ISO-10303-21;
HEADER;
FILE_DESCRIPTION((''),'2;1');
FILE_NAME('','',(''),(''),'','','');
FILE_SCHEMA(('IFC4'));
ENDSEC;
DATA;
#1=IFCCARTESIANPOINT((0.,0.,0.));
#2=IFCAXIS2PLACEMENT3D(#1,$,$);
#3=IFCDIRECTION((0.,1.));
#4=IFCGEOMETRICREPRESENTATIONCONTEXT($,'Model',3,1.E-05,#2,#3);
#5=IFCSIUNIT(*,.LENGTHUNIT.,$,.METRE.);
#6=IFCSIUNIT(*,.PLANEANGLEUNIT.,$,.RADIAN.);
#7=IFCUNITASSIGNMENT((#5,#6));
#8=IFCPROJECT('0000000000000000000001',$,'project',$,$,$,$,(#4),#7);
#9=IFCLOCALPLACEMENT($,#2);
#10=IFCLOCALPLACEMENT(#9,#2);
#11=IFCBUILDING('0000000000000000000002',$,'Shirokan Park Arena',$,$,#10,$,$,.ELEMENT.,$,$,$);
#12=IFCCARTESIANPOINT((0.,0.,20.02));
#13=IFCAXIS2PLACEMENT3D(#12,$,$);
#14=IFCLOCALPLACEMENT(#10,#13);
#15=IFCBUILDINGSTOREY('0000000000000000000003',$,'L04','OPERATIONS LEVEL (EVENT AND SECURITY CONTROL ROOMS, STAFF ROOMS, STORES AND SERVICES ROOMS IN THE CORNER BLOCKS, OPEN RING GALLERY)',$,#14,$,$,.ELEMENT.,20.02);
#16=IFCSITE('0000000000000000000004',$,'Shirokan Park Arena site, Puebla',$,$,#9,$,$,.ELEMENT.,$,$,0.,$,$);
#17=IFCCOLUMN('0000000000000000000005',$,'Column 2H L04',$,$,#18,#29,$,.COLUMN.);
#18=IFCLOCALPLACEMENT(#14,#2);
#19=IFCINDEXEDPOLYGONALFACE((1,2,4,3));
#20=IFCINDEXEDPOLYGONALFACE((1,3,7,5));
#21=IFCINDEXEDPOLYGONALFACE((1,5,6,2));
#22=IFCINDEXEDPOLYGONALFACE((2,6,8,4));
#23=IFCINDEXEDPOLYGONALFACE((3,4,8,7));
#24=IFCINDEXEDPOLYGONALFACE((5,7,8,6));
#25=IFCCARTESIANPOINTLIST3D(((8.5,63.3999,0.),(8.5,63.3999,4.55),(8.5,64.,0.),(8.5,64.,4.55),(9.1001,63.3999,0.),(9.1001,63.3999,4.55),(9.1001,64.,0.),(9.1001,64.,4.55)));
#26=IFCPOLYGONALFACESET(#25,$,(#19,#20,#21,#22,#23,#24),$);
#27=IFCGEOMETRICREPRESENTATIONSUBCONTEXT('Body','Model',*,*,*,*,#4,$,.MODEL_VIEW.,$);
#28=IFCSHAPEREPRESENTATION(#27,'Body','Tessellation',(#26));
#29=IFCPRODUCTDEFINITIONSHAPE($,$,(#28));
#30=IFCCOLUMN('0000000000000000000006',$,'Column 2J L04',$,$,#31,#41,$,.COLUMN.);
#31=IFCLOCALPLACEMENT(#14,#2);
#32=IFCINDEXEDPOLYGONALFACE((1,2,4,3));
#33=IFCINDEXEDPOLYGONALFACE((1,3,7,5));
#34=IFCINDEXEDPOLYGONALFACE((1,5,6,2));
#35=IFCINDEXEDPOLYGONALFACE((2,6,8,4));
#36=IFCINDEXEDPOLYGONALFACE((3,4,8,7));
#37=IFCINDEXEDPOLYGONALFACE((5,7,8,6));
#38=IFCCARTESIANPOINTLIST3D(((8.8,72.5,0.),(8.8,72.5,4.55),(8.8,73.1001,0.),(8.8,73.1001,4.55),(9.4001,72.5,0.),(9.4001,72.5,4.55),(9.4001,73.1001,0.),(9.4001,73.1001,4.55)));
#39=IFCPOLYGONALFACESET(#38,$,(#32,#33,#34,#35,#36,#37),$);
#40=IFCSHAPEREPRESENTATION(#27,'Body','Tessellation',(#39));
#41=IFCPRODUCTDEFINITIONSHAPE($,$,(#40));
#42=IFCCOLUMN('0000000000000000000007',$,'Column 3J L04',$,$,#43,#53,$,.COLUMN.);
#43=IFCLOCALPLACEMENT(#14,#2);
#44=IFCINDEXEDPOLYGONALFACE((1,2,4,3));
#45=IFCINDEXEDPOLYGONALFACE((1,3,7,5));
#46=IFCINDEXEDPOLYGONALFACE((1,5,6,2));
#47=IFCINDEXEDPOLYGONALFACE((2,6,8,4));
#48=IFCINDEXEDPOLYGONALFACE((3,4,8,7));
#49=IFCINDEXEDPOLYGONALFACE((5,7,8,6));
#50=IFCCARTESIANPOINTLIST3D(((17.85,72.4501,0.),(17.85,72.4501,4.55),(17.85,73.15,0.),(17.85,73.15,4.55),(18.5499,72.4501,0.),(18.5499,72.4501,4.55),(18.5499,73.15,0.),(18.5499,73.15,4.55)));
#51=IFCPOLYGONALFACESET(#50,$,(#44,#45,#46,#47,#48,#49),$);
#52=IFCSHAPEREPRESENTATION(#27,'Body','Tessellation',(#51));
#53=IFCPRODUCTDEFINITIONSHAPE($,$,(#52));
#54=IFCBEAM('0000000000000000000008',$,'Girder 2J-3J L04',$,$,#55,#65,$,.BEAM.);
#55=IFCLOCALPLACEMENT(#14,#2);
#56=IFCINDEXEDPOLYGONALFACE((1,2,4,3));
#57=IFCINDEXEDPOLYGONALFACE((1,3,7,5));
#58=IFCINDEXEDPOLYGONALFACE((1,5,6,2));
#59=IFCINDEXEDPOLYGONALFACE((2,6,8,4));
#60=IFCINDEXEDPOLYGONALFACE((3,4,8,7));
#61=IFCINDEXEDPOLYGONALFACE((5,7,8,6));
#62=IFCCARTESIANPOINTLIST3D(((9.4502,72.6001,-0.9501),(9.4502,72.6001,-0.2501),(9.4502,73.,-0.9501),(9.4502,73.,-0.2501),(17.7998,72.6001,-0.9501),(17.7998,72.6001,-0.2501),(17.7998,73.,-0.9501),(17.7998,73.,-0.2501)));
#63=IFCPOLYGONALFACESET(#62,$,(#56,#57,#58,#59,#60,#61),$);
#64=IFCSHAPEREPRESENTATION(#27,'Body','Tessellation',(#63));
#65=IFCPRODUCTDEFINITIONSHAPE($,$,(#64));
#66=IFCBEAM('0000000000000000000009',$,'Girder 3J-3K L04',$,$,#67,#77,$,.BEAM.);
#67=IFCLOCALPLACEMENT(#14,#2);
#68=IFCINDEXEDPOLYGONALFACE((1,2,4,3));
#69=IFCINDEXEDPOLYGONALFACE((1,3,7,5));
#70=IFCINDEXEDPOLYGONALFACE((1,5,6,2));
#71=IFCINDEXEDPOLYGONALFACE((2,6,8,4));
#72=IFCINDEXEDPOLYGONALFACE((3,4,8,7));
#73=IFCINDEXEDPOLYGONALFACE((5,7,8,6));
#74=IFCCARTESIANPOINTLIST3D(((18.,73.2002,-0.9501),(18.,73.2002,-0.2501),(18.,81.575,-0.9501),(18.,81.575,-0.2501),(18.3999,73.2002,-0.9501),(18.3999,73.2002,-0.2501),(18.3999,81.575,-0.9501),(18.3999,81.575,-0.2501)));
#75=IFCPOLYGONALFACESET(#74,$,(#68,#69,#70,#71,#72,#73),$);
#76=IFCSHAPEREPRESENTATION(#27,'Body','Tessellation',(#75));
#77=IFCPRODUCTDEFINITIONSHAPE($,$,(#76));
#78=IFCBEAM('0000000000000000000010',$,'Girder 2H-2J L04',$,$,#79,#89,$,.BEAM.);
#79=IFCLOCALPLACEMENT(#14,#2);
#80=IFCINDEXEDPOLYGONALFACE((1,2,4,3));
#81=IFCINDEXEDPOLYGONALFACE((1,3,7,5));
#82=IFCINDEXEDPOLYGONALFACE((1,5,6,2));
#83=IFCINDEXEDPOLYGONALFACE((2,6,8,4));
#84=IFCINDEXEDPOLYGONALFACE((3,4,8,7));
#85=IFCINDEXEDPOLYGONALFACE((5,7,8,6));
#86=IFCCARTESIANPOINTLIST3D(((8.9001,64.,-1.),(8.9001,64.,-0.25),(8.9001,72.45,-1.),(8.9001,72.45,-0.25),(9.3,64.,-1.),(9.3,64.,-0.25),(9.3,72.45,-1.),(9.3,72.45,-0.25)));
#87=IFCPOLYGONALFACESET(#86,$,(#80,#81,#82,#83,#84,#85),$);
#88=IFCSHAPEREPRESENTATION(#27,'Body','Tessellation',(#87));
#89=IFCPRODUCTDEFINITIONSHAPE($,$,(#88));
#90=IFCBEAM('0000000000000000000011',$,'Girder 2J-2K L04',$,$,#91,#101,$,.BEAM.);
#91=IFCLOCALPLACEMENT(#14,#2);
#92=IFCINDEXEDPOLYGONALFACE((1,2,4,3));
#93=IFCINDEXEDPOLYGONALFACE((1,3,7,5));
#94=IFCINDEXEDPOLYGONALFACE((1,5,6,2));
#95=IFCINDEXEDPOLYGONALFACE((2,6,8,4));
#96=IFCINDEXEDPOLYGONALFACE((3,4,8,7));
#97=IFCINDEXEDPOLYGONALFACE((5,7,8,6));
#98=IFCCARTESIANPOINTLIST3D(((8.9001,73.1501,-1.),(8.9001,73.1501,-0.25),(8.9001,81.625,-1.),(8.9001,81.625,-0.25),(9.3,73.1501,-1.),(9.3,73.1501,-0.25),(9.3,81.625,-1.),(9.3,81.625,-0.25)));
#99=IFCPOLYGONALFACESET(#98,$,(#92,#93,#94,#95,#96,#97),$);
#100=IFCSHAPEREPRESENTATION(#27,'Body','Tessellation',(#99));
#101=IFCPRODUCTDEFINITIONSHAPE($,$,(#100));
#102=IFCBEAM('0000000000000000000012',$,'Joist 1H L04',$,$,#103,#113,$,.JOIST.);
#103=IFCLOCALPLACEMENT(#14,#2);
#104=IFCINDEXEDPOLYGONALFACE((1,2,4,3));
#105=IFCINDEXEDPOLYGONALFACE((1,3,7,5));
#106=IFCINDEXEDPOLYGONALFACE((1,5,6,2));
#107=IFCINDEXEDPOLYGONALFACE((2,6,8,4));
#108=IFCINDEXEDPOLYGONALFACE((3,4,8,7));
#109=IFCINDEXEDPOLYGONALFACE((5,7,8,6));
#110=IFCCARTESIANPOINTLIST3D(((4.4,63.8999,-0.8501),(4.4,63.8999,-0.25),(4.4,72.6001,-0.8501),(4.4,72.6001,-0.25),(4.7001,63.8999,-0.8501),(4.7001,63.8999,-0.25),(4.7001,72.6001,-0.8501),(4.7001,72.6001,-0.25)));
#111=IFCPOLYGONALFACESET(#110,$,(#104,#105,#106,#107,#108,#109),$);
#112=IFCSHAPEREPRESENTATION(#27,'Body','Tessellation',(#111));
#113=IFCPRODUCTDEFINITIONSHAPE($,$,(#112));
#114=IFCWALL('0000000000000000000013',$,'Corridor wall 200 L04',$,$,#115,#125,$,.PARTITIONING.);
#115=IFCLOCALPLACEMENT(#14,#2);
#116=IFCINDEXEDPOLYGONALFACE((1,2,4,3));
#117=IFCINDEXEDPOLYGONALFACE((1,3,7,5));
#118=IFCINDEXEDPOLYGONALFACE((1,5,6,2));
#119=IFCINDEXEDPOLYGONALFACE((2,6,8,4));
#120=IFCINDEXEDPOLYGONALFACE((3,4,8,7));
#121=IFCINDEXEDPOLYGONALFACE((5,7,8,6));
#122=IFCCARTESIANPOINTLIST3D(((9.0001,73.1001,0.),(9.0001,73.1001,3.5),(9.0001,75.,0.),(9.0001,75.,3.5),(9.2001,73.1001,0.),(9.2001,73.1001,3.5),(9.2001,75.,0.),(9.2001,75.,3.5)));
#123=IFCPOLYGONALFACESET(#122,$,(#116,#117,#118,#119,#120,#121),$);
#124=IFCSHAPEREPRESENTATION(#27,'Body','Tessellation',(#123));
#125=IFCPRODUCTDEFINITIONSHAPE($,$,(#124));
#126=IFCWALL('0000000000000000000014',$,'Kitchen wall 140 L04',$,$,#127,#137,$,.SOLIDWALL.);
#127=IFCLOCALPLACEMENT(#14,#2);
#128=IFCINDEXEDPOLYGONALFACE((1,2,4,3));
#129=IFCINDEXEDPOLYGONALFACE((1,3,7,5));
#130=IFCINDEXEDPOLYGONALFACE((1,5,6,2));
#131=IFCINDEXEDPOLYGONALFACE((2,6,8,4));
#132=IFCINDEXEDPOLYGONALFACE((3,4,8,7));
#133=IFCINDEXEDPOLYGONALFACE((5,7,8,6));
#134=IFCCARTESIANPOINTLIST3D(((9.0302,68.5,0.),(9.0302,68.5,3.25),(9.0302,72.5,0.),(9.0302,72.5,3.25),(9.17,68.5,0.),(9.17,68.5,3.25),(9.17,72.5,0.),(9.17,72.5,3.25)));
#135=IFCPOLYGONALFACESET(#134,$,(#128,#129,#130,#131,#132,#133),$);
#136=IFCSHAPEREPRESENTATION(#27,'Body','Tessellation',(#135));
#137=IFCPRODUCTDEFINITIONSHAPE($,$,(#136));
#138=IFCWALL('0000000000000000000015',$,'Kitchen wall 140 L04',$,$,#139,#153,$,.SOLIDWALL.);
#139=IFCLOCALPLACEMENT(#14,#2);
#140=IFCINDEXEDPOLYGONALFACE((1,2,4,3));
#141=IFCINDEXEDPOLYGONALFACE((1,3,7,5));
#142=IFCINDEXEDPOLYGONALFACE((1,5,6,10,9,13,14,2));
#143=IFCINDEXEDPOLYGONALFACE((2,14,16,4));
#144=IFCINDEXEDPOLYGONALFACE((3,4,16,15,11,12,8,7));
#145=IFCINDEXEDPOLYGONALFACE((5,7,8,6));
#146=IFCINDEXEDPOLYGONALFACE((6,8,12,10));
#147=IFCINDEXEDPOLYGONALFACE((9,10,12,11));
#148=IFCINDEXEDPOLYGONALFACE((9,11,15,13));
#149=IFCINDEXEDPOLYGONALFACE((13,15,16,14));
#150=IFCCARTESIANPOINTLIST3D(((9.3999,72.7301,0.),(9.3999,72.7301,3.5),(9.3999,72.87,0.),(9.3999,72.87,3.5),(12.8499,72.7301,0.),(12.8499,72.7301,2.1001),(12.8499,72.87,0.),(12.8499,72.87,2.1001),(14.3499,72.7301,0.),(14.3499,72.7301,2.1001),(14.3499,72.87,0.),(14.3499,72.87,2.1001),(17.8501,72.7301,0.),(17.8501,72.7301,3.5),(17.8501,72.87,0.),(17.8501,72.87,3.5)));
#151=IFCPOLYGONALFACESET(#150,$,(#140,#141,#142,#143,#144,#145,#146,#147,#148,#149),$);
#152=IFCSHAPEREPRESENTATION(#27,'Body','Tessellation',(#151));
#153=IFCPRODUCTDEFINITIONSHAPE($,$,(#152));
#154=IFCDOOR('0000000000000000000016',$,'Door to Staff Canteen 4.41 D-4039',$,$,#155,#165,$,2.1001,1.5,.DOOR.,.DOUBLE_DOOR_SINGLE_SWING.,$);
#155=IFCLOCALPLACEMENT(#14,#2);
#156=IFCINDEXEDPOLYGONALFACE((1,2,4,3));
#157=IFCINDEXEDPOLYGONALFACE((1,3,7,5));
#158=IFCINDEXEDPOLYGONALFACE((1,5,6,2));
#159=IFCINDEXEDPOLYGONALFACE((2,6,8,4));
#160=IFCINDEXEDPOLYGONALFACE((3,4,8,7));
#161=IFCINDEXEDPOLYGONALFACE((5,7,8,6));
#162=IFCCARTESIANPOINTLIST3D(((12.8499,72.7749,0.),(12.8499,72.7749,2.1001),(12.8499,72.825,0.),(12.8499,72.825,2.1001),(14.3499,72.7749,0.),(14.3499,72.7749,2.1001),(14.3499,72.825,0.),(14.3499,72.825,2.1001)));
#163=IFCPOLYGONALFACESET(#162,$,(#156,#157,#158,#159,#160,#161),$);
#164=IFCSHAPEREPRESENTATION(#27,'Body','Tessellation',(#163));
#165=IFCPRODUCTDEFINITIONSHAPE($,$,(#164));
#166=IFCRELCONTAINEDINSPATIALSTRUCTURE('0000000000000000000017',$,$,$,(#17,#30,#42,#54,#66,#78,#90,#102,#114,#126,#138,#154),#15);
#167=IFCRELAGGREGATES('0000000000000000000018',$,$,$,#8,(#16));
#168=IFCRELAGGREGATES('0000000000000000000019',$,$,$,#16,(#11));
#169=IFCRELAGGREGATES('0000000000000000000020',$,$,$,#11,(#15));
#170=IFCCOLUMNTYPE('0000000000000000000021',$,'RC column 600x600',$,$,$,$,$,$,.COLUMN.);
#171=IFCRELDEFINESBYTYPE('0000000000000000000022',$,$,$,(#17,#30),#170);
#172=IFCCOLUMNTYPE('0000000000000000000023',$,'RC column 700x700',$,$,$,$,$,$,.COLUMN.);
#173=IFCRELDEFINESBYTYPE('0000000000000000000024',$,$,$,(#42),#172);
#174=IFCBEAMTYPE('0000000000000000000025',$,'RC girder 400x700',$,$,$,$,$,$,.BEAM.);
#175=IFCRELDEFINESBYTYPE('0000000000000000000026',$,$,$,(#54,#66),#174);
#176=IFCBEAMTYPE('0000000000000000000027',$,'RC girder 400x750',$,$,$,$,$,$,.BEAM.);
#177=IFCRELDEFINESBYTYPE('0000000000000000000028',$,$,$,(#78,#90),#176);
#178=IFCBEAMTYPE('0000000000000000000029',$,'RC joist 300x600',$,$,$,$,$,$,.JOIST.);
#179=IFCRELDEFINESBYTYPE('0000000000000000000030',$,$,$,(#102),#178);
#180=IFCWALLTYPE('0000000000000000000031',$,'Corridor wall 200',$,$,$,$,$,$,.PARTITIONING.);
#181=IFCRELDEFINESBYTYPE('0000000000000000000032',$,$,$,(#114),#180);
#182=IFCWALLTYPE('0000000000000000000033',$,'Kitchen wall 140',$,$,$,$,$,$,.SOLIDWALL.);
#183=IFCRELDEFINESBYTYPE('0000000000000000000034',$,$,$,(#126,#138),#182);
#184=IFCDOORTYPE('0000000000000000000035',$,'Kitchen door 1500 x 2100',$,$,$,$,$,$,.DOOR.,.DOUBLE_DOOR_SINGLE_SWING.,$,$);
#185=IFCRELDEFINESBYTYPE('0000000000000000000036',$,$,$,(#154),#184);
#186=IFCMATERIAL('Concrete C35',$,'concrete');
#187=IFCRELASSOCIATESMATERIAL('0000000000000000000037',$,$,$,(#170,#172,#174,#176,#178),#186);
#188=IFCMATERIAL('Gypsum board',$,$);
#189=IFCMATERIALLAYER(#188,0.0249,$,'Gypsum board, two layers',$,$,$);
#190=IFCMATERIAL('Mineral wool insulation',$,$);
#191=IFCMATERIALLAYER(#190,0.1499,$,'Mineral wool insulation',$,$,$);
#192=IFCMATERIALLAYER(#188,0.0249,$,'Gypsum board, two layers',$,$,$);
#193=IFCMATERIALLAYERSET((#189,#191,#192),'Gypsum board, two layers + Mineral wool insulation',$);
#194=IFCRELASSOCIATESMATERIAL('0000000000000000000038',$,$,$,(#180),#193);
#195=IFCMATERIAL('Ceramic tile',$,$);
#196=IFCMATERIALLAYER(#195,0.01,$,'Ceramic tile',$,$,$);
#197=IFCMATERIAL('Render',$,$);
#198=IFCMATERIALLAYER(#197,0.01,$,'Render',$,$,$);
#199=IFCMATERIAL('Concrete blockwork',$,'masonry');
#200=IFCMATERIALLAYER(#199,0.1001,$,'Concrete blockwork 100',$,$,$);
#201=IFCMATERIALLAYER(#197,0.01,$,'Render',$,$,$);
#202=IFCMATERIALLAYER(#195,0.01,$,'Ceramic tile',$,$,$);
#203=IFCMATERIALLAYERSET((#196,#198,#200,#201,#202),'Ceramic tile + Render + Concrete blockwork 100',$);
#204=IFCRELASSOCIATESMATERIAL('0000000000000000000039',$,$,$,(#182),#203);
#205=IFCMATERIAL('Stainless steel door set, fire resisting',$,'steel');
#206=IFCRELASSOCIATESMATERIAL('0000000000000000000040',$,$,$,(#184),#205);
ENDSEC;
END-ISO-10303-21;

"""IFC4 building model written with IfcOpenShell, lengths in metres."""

from ifc_helpers import new_model, si_unit, direction, frame, frame_2d, origin, origin_2d, place, context, subcontext, project, spatial, rectangle, extrude, material, layer, layer_set, material_profile, profile_set, type_object, element, fill, save


model = new_model("IFC4")

# Units and contexts
model_context = context("Model", 3, precision=1e-05, world=origin(), true_north=direction((0.0, 1.0)))
body_context = subcontext(model_context, "Body", "Model", "MODEL_VIEW")
ifc_project = project(units=[si_unit("LENGTHUNIT", "METRE"), si_unit("PLANEANGLEUNIT", "RADIAN")], contexts=[model_context])

# Site, building, storey
site_placement = place(None, origin())
site = spatial("IfcSite", under=ifc_project, at=site_placement, Name="Shirokan Park Arena site, Puebla", CompositionType="ELEMENT", RefElevation=0.0)
building_placement = place(site_placement, origin())
building = spatial("IfcBuilding", under=site, at=building_placement, Name="Shirokan Park Arena", CompositionType="ELEMENT")
storey_placement = place(building_placement, frame((0.0, 0.0, 20.02)))
storey = spatial("IfcBuildingStorey", under=building, at=storey_placement, Name="L04", Description="OPERATIONS LEVEL (EVENT AND SECURITY CONTROL ROOMS, STAFF ROOMS, STORES AND SERVICES ROOMS IN THE CORNER BLOCKS, OPEN RING GALLERY)", CompositionType="ELEMENT", Elevation=20.02)

# Columns
ifc_material_1 = material(Name="Concrete C35", Category="concrete")
ifc_material_profile_1 = material_profile(ifc_material_1, rectangle(XDim=0.6001, YDim=0.6001, at=origin_2d()), Name="600x600")
ifc_profile_set_1 = profile_set([ifc_material_profile_1], Name="Concrete C35")
column_type_1 = type_object("IfcColumnType", Name="RC column 600x600", PredefinedType="COLUMN", material=ifc_profile_set_1)
for number, where, z_axis, x_axis, name in (
    (1, (8.8, 63.7, 0.0), (0.0, 0.0, 1.0), (1.0, 0.0, 0.0), "Column 2H L04"),
    (2, (9.1001, 72.8, 0.0), (0.0, 0.0, 1.0), (1.0, 0.0, 0.0), "Column 2J L04"),
):
    element("IfcColumn", number, at=place(storey_placement, frame(where, z_axis=z_axis, x_axis=x_axis)), inside=storey, type_object=column_type_1, Name=name, PredefinedType="COLUMN", context=body_context, shape_type="SweptSolid", body=[
        extrude(rectangle(XDim=0.6001, YDim=0.6001, at=origin_2d()), origin(), (0.0, 0.0, 1.0), 4.55),
    ])
ifc_material_profile_2 = material_profile(ifc_material_1, rectangle(XDim=0.7, YDim=0.7, at=origin_2d()), Name="700x700")
ifc_profile_set_2 = profile_set([ifc_material_profile_2], Name="Concrete C35")
column_type_2 = type_object("IfcColumnType", Name="RC column 700x700", PredefinedType="COLUMN", material=ifc_profile_set_2)
column_placement = place(storey_placement, frame((18.2, 72.8, 0.0), z_axis=(0.0, 0.0, 1.0), x_axis=(1.0, 0.0, 0.0)))
element("IfcColumn", 3, at=column_placement, inside=storey, type_object=column_type_2, Name="Column 3J L04", PredefinedType="COLUMN", context=body_context, shape_type="SweptSolid", body=[
    extrude(rectangle(XDim=0.7, YDim=0.7, at=origin_2d()), origin(), (0.0, 0.0, 1.0), 4.55),
])

# Beams
ifc_material_profile_3 = material_profile(ifc_material_1, rectangle(XDim=0.3999, YDim=0.7, at=origin_2d()), Name="400x700")
ifc_profile_set_3 = profile_set([ifc_material_profile_3], Name="Concrete C35")
beam_type_1 = type_object("IfcBeamType", Name="RC girder 400x700", PredefinedType="BEAM", material=ifc_profile_set_3)
beam_1_placement = place(storey_placement, frame((9.4502, 72.8, -0.6001), z_axis=(1.0, 0.0, 0.0), x_axis=(0.0, 1.0, 0.0)))
element("IfcBeam", 4, at=beam_1_placement, inside=storey, type_object=beam_type_1, Name="Girder 2J-3J L04", PredefinedType="BEAM", context=body_context, shape_type="SweptSolid", body=[
    extrude(rectangle(XDim=0.3999, YDim=0.7, at=origin_2d()), origin(), (0.0, 0.0, 1.0), 8.3496),
])
beam_2_placement = place(storey_placement, frame((18.2, 73.2002, -0.6001), z_axis=(0.0, 1.0, 0.0), x_axis=(-1.0, 0.0, 0.0)))
element("IfcBeam", 5, at=beam_2_placement, inside=storey, type_object=beam_type_1, Name="Girder 3J-3K L04", PredefinedType="BEAM", context=body_context, shape_type="SweptSolid", body=[
    extrude(rectangle(XDim=0.3999, YDim=0.7, at=origin_2d()), origin(), (0.0, 0.0, 1.0), 8.3748),
])
ifc_material_profile_4 = material_profile(ifc_material_1, rectangle(XDim=0.3999, YDim=0.75, at=origin_2d()), Name="400x750")
ifc_profile_set_4 = profile_set([ifc_material_profile_4], Name="Concrete C35")
beam_type_2 = type_object("IfcBeamType", Name="RC girder 400x750", PredefinedType="BEAM", material=ifc_profile_set_4)
beam_3_placement = place(storey_placement, frame((9.1001, 64.0, -0.625), z_axis=(0.0, 1.0, 0.0), x_axis=(-1.0, 0.0, 0.0)))
element("IfcBeam", 6, at=beam_3_placement, inside=storey, type_object=beam_type_2, Name="Girder 2H-2J L04", PredefinedType="BEAM", context=body_context, shape_type="SweptSolid", body=[
    extrude(rectangle(XDim=0.3999, YDim=0.75, at=origin_2d()), origin(), (0.0, 0.0, 1.0), 8.45),
])
beam_4_placement = place(storey_placement, frame((9.1001, 73.1501, -0.625), z_axis=(0.0, 1.0, 0.0), x_axis=(-1.0, 0.0, 0.0)))
element("IfcBeam", 7, at=beam_4_placement, inside=storey, type_object=beam_type_2, Name="Girder 2J-2K L04", PredefinedType="BEAM", context=body_context, shape_type="SweptSolid", body=[
    extrude(rectangle(XDim=0.3999, YDim=0.75, at=origin_2d()), origin(), (0.0, 0.0, 1.0), 8.4749),
])
ifc_material_profile_5 = material_profile(ifc_material_1, rectangle(XDim=0.3, YDim=0.6001, at=origin_2d()), Name="300x600")
ifc_profile_set_5 = profile_set([ifc_material_profile_5], Name="Concrete C35")
beam_type_3 = type_object("IfcBeamType", Name="RC joist 300x600", PredefinedType="JOIST", material=ifc_profile_set_5)
beam_5_placement = place(storey_placement, frame((4.55, 63.8999, -0.55), z_axis=(0.0, 1.0, 0.0), x_axis=(-1.0, 0.0, 0.0)))
element("IfcBeam", 8, at=beam_5_placement, inside=storey, type_object=beam_type_3, Name="Joist 1H L04", PredefinedType="JOIST", context=body_context, shape_type="SweptSolid", body=[
    extrude(rectangle(XDim=0.3, YDim=0.6001, at=origin_2d()), origin(), (0.0, 0.0, 1.0), 8.7002),
])

# Shared definitions
ifc_material_2 = material(Name="Gypsum board")
ifc_layer_1 = layer(ifc_material_2, 0.0249, Name="Gypsum board, two layers")
ifc_material_3 = material(Name="Mineral wool insulation")
ifc_layer_2 = layer(ifc_material_3, 0.1499, Name="Mineral wool insulation")
ifc_layer_3 = layer(ifc_material_2, 0.0249, Name="Gypsum board, two layers")
ifc_layer_set_1 = layer_set([ifc_layer_1, ifc_layer_2, ifc_layer_3], Name="Gypsum board, two layers + Mineral wool insulation")
wall_type_1 = type_object("IfcWallType", Name="Corridor wall 200", PredefinedType="PARTITIONING", material=ifc_layer_set_1)

# Walls
wall_1_placement = place(storey_placement, frame((9.1001, 73.1001, 0.0), z_axis=(0.0, 0.0, 1.0), x_axis=(0.0, 1.0, 0.0)))
element("IfcWall", 9, at=wall_1_placement, inside=storey, type_object=wall_type_1, Name="Corridor wall 200 L04", PredefinedType="PARTITIONING", context=body_context, shape_type="SweptSolid", body=[
    extrude(rectangle(XDim=1.8999, YDim=0.2, at=frame_2d((0.95, 0.0))), origin(), (0.0, 0.0, 1.0), 3.5),
])
ifc_material_4 = material(Name="Ceramic tile")
ifc_layer_4 = layer(ifc_material_4, 0.01, Name="Ceramic tile")
ifc_material_5 = material(Name="Render")
ifc_layer_5 = layer(ifc_material_5, 0.01, Name="Render")
ifc_material_6 = material(Name="Concrete blockwork", Category="masonry")
ifc_layer_6 = layer(ifc_material_6, 0.1001, Name="Concrete blockwork 100")
ifc_layer_7 = layer(ifc_material_5, 0.01, Name="Render")
ifc_layer_8 = layer(ifc_material_4, 0.01, Name="Ceramic tile")
ifc_layer_set_2 = layer_set([ifc_layer_4, ifc_layer_5, ifc_layer_6, ifc_layer_7, ifc_layer_8], Name="Ceramic tile + Render + Concrete blockwork 100")
wall_type_2 = type_object("IfcWallType", Name="Kitchen wall 140", PredefinedType="SOLIDWALL", material=ifc_layer_set_2)
wall_2_placement = place(storey_placement, frame((9.1001, 68.5, 0.0), z_axis=(0.0, 0.0, 1.0), x_axis=(0.0, 1.0, 0.0)))
element("IfcWall", 10, at=wall_2_placement, inside=storey, type_object=wall_type_2, Name="Kitchen wall 140 L04", PredefinedType="SOLIDWALL", context=body_context, shape_type="SweptSolid", body=[
    extrude(rectangle(XDim=4.0, YDim=0.1399, at=frame_2d((2.0, 0.0))), origin(), (0.0, 0.0, 1.0), 3.25),
])

# Wall, opening, door
wall_3_placement = place(storey_placement, frame((9.3999, 72.8, 0.0), z_axis=(0.0, 0.0, 1.0), x_axis=(1.0, 0.0, 0.0)))
wall_3 = element("IfcWall", 11, at=wall_3_placement, inside=storey, type_object=wall_type_2, Name="Kitchen wall 140 L04", PredefinedType="SOLIDWALL", context=body_context, shape_type="SweptSolid", body=[
    extrude(rectangle(XDim=8.4502, YDim=0.1399, at=frame_2d((4.2251, 0.0))), origin(), (0.0, 0.0, 1.0), 3.5),
])
opening_1_placement = place(wall_3_placement, frame((3.45, 0.0, 0.0)))
opening_1 = element("IfcOpeningElement", 12, at=opening_1_placement, cuts=wall_3, PredefinedType="OPENING", context=body_context, shape_type="SweptSolid", body=[
    extrude(rectangle(XDim=1.5, YDim=2.1001, at=frame_2d((0.75, 1.05))), frame((0.0, 0.0798, 0.0), z_axis=(0.0, -1.0, 0.0), x_axis=(1.0, 0.0, 0.0)), (0.0, 0.0, 1.0), 0.1599),
])
ifc_material_7 = material(Name="Stainless steel door set, fire resisting", Category="steel")
door_type_1 = type_object("IfcDoorType", Name="Kitchen door 1500 x 2100", OperationType="DOUBLE_DOOR_SINGLE_SWING", PredefinedType="DOOR", material=ifc_material_7)
door_1_placement = place(opening_1_placement, origin())
door_1 = element("IfcDoor", 13, at=door_1_placement, inside=storey, type_object=door_type_1, Name="Door to Staff Canteen 4.41 D-4039", OperationType="DOUBLE_DOOR_SINGLE_SWING", OverallHeight=2.1001, OverallWidth=1.5, PredefinedType="DOOR", context=body_context, shape_type="SweptSolid", body=[
    extrude(rectangle(XDim=1.5, YDim=2.1001, at=frame_2d((0.75, 1.05))), frame((0.0, 0.0249, 0.0), z_axis=(0.0, -1.0, 0.0), x_axis=(1.0, 0.0, 0.0)), (0.0, 0.0, 1.0), 0.05),
])
fill(opening_1, door_1)

save(model, "model.ifc")
